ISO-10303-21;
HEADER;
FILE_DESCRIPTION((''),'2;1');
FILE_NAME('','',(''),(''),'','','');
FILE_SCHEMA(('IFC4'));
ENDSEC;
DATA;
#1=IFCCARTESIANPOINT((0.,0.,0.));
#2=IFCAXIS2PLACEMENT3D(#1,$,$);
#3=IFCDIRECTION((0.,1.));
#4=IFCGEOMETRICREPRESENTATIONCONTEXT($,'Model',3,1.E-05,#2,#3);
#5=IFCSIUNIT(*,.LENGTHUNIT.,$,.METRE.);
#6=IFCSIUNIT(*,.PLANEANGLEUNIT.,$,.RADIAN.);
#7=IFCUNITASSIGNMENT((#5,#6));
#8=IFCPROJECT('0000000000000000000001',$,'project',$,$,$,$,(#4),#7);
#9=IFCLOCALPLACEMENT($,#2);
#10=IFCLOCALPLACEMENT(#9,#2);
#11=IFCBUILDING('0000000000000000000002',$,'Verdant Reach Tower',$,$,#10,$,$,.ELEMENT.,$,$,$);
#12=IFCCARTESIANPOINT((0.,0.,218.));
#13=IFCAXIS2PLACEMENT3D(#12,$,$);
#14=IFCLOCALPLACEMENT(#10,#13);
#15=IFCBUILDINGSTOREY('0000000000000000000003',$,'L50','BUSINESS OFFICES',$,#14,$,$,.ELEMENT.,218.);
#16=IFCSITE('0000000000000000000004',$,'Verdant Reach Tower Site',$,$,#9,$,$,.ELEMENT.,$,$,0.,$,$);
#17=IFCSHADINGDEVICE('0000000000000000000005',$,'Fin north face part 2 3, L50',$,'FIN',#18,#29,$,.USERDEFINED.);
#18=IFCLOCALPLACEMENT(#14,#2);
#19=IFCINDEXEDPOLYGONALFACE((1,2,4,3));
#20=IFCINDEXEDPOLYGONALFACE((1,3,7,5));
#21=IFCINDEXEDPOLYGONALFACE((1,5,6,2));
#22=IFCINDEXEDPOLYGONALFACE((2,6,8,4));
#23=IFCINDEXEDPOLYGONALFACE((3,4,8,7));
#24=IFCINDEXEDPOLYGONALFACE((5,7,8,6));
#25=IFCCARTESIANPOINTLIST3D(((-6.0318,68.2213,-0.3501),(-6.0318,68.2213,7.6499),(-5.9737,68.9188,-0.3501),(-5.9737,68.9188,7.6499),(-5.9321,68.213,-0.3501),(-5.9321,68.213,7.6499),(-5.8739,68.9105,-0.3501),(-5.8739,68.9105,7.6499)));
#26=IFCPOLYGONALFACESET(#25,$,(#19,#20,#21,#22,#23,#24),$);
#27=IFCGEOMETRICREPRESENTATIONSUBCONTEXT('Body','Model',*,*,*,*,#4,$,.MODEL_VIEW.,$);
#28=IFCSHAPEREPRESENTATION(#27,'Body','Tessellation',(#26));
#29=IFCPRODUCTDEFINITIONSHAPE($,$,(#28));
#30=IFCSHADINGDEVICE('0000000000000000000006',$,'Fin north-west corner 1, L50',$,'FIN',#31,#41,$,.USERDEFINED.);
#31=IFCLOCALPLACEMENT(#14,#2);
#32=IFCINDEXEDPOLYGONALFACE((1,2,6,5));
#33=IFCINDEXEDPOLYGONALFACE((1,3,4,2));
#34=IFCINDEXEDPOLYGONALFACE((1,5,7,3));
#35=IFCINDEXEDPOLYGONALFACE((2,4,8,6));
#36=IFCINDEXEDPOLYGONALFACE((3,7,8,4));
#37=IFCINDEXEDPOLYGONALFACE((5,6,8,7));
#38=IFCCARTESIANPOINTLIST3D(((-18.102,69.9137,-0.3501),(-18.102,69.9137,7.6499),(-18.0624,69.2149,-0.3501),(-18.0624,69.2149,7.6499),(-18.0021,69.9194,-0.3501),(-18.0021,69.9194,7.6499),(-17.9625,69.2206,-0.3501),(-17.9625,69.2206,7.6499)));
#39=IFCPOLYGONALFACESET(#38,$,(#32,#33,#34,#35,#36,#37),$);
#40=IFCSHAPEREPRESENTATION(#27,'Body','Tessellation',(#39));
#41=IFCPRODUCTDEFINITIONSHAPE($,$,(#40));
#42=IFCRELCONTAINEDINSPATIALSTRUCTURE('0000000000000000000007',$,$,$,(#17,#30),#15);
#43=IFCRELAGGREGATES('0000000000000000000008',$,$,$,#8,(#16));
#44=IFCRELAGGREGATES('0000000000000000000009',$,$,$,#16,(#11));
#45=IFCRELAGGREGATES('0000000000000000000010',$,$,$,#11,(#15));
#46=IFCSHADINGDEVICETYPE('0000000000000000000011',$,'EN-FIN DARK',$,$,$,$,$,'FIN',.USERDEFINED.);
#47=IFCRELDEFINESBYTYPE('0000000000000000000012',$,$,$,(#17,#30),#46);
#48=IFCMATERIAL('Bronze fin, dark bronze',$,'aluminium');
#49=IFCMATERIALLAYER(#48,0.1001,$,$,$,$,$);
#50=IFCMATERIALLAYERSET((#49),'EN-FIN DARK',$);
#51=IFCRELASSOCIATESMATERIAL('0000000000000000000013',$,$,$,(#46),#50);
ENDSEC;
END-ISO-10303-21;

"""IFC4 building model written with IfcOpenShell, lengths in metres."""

from ifc_helpers import new_model, si_unit, direction, frame, origin, origin_2d, place, context, subcontext, project, spatial, rectangle, extrude, material, layer, layer_set, type_object, element, save


model = new_model("IFC4")

# Units and contexts
model_context = context("Model", 3, precision=1e-05, world=origin(), true_north=direction((0.0, 1.0)))
body_context = subcontext(model_context, "Body", "Model", "MODEL_VIEW")
ifc_project = project(units=[si_unit("LENGTHUNIT", "METRE"), si_unit("PLANEANGLEUNIT", "RADIAN")], contexts=[model_context])

# Site, building, storey
site_placement = place(None, origin())
site = spatial("IfcSite", under=ifc_project, at=site_placement, Name="Verdant Reach Tower Site", CompositionType="ELEMENT", RefElevation=0.0)
building_placement = place(site_placement, origin())
building = spatial("IfcBuilding", under=site, at=building_placement, Name="Verdant Reach Tower", CompositionType="ELEMENT")
storey_placement = place(building_placement, frame((0.0, 0.0, 218.0)))
storey = spatial("IfcBuildingStorey", under=building, at=storey_placement, Name="L50", Description="BUSINESS OFFICES", CompositionType="ELEMENT", Elevation=218.0)

# Shading devices
ifc_material_1 = material(Name="Bronze fin, dark bronze", Category="aluminium")
ifc_layer_1 = layer(ifc_material_1, 0.1001)
ifc_layer_set_1 = layer_set([ifc_layer_1], Name="EN-FIN DARK")
shading_device_type_1 = type_object("IfcShadingDeviceType", Name="EN-FIN DARK", ElementType="FIN", PredefinedType="USERDEFINED", material=ifc_layer_set_1)
for number, where, z_axis, x_axis, name in (
    (1, (-5.9529, 68.5659, -0.3501), (0.0, 0.0, 1.0), (-0.996546, 0.083045, 0.0), "Fin north face part 2 3, L50"),
    (2, (-18.0322, 69.5671, -0.3501), (0.0, 0.0, 1.0), (-0.998399, -0.056569, 0.0), "Fin north-west corner 1, L50"),
):
    element("IfcShadingDevice", number, at=place(storey_placement, frame(where, z_axis=z_axis, x_axis=x_axis)), inside=storey, type_object=shading_device_type_1, Name=name, ObjectType="FIN", PredefinedType="USERDEFINED", context=body_context, shape_type="SweptSolid", body=[
        extrude(rectangle(XDim=0.1001, YDim=0.7, at=origin_2d()), origin(), (0.0, 0.0, 1.0), 8.0),
    ])

save(model, "model.ifc")
